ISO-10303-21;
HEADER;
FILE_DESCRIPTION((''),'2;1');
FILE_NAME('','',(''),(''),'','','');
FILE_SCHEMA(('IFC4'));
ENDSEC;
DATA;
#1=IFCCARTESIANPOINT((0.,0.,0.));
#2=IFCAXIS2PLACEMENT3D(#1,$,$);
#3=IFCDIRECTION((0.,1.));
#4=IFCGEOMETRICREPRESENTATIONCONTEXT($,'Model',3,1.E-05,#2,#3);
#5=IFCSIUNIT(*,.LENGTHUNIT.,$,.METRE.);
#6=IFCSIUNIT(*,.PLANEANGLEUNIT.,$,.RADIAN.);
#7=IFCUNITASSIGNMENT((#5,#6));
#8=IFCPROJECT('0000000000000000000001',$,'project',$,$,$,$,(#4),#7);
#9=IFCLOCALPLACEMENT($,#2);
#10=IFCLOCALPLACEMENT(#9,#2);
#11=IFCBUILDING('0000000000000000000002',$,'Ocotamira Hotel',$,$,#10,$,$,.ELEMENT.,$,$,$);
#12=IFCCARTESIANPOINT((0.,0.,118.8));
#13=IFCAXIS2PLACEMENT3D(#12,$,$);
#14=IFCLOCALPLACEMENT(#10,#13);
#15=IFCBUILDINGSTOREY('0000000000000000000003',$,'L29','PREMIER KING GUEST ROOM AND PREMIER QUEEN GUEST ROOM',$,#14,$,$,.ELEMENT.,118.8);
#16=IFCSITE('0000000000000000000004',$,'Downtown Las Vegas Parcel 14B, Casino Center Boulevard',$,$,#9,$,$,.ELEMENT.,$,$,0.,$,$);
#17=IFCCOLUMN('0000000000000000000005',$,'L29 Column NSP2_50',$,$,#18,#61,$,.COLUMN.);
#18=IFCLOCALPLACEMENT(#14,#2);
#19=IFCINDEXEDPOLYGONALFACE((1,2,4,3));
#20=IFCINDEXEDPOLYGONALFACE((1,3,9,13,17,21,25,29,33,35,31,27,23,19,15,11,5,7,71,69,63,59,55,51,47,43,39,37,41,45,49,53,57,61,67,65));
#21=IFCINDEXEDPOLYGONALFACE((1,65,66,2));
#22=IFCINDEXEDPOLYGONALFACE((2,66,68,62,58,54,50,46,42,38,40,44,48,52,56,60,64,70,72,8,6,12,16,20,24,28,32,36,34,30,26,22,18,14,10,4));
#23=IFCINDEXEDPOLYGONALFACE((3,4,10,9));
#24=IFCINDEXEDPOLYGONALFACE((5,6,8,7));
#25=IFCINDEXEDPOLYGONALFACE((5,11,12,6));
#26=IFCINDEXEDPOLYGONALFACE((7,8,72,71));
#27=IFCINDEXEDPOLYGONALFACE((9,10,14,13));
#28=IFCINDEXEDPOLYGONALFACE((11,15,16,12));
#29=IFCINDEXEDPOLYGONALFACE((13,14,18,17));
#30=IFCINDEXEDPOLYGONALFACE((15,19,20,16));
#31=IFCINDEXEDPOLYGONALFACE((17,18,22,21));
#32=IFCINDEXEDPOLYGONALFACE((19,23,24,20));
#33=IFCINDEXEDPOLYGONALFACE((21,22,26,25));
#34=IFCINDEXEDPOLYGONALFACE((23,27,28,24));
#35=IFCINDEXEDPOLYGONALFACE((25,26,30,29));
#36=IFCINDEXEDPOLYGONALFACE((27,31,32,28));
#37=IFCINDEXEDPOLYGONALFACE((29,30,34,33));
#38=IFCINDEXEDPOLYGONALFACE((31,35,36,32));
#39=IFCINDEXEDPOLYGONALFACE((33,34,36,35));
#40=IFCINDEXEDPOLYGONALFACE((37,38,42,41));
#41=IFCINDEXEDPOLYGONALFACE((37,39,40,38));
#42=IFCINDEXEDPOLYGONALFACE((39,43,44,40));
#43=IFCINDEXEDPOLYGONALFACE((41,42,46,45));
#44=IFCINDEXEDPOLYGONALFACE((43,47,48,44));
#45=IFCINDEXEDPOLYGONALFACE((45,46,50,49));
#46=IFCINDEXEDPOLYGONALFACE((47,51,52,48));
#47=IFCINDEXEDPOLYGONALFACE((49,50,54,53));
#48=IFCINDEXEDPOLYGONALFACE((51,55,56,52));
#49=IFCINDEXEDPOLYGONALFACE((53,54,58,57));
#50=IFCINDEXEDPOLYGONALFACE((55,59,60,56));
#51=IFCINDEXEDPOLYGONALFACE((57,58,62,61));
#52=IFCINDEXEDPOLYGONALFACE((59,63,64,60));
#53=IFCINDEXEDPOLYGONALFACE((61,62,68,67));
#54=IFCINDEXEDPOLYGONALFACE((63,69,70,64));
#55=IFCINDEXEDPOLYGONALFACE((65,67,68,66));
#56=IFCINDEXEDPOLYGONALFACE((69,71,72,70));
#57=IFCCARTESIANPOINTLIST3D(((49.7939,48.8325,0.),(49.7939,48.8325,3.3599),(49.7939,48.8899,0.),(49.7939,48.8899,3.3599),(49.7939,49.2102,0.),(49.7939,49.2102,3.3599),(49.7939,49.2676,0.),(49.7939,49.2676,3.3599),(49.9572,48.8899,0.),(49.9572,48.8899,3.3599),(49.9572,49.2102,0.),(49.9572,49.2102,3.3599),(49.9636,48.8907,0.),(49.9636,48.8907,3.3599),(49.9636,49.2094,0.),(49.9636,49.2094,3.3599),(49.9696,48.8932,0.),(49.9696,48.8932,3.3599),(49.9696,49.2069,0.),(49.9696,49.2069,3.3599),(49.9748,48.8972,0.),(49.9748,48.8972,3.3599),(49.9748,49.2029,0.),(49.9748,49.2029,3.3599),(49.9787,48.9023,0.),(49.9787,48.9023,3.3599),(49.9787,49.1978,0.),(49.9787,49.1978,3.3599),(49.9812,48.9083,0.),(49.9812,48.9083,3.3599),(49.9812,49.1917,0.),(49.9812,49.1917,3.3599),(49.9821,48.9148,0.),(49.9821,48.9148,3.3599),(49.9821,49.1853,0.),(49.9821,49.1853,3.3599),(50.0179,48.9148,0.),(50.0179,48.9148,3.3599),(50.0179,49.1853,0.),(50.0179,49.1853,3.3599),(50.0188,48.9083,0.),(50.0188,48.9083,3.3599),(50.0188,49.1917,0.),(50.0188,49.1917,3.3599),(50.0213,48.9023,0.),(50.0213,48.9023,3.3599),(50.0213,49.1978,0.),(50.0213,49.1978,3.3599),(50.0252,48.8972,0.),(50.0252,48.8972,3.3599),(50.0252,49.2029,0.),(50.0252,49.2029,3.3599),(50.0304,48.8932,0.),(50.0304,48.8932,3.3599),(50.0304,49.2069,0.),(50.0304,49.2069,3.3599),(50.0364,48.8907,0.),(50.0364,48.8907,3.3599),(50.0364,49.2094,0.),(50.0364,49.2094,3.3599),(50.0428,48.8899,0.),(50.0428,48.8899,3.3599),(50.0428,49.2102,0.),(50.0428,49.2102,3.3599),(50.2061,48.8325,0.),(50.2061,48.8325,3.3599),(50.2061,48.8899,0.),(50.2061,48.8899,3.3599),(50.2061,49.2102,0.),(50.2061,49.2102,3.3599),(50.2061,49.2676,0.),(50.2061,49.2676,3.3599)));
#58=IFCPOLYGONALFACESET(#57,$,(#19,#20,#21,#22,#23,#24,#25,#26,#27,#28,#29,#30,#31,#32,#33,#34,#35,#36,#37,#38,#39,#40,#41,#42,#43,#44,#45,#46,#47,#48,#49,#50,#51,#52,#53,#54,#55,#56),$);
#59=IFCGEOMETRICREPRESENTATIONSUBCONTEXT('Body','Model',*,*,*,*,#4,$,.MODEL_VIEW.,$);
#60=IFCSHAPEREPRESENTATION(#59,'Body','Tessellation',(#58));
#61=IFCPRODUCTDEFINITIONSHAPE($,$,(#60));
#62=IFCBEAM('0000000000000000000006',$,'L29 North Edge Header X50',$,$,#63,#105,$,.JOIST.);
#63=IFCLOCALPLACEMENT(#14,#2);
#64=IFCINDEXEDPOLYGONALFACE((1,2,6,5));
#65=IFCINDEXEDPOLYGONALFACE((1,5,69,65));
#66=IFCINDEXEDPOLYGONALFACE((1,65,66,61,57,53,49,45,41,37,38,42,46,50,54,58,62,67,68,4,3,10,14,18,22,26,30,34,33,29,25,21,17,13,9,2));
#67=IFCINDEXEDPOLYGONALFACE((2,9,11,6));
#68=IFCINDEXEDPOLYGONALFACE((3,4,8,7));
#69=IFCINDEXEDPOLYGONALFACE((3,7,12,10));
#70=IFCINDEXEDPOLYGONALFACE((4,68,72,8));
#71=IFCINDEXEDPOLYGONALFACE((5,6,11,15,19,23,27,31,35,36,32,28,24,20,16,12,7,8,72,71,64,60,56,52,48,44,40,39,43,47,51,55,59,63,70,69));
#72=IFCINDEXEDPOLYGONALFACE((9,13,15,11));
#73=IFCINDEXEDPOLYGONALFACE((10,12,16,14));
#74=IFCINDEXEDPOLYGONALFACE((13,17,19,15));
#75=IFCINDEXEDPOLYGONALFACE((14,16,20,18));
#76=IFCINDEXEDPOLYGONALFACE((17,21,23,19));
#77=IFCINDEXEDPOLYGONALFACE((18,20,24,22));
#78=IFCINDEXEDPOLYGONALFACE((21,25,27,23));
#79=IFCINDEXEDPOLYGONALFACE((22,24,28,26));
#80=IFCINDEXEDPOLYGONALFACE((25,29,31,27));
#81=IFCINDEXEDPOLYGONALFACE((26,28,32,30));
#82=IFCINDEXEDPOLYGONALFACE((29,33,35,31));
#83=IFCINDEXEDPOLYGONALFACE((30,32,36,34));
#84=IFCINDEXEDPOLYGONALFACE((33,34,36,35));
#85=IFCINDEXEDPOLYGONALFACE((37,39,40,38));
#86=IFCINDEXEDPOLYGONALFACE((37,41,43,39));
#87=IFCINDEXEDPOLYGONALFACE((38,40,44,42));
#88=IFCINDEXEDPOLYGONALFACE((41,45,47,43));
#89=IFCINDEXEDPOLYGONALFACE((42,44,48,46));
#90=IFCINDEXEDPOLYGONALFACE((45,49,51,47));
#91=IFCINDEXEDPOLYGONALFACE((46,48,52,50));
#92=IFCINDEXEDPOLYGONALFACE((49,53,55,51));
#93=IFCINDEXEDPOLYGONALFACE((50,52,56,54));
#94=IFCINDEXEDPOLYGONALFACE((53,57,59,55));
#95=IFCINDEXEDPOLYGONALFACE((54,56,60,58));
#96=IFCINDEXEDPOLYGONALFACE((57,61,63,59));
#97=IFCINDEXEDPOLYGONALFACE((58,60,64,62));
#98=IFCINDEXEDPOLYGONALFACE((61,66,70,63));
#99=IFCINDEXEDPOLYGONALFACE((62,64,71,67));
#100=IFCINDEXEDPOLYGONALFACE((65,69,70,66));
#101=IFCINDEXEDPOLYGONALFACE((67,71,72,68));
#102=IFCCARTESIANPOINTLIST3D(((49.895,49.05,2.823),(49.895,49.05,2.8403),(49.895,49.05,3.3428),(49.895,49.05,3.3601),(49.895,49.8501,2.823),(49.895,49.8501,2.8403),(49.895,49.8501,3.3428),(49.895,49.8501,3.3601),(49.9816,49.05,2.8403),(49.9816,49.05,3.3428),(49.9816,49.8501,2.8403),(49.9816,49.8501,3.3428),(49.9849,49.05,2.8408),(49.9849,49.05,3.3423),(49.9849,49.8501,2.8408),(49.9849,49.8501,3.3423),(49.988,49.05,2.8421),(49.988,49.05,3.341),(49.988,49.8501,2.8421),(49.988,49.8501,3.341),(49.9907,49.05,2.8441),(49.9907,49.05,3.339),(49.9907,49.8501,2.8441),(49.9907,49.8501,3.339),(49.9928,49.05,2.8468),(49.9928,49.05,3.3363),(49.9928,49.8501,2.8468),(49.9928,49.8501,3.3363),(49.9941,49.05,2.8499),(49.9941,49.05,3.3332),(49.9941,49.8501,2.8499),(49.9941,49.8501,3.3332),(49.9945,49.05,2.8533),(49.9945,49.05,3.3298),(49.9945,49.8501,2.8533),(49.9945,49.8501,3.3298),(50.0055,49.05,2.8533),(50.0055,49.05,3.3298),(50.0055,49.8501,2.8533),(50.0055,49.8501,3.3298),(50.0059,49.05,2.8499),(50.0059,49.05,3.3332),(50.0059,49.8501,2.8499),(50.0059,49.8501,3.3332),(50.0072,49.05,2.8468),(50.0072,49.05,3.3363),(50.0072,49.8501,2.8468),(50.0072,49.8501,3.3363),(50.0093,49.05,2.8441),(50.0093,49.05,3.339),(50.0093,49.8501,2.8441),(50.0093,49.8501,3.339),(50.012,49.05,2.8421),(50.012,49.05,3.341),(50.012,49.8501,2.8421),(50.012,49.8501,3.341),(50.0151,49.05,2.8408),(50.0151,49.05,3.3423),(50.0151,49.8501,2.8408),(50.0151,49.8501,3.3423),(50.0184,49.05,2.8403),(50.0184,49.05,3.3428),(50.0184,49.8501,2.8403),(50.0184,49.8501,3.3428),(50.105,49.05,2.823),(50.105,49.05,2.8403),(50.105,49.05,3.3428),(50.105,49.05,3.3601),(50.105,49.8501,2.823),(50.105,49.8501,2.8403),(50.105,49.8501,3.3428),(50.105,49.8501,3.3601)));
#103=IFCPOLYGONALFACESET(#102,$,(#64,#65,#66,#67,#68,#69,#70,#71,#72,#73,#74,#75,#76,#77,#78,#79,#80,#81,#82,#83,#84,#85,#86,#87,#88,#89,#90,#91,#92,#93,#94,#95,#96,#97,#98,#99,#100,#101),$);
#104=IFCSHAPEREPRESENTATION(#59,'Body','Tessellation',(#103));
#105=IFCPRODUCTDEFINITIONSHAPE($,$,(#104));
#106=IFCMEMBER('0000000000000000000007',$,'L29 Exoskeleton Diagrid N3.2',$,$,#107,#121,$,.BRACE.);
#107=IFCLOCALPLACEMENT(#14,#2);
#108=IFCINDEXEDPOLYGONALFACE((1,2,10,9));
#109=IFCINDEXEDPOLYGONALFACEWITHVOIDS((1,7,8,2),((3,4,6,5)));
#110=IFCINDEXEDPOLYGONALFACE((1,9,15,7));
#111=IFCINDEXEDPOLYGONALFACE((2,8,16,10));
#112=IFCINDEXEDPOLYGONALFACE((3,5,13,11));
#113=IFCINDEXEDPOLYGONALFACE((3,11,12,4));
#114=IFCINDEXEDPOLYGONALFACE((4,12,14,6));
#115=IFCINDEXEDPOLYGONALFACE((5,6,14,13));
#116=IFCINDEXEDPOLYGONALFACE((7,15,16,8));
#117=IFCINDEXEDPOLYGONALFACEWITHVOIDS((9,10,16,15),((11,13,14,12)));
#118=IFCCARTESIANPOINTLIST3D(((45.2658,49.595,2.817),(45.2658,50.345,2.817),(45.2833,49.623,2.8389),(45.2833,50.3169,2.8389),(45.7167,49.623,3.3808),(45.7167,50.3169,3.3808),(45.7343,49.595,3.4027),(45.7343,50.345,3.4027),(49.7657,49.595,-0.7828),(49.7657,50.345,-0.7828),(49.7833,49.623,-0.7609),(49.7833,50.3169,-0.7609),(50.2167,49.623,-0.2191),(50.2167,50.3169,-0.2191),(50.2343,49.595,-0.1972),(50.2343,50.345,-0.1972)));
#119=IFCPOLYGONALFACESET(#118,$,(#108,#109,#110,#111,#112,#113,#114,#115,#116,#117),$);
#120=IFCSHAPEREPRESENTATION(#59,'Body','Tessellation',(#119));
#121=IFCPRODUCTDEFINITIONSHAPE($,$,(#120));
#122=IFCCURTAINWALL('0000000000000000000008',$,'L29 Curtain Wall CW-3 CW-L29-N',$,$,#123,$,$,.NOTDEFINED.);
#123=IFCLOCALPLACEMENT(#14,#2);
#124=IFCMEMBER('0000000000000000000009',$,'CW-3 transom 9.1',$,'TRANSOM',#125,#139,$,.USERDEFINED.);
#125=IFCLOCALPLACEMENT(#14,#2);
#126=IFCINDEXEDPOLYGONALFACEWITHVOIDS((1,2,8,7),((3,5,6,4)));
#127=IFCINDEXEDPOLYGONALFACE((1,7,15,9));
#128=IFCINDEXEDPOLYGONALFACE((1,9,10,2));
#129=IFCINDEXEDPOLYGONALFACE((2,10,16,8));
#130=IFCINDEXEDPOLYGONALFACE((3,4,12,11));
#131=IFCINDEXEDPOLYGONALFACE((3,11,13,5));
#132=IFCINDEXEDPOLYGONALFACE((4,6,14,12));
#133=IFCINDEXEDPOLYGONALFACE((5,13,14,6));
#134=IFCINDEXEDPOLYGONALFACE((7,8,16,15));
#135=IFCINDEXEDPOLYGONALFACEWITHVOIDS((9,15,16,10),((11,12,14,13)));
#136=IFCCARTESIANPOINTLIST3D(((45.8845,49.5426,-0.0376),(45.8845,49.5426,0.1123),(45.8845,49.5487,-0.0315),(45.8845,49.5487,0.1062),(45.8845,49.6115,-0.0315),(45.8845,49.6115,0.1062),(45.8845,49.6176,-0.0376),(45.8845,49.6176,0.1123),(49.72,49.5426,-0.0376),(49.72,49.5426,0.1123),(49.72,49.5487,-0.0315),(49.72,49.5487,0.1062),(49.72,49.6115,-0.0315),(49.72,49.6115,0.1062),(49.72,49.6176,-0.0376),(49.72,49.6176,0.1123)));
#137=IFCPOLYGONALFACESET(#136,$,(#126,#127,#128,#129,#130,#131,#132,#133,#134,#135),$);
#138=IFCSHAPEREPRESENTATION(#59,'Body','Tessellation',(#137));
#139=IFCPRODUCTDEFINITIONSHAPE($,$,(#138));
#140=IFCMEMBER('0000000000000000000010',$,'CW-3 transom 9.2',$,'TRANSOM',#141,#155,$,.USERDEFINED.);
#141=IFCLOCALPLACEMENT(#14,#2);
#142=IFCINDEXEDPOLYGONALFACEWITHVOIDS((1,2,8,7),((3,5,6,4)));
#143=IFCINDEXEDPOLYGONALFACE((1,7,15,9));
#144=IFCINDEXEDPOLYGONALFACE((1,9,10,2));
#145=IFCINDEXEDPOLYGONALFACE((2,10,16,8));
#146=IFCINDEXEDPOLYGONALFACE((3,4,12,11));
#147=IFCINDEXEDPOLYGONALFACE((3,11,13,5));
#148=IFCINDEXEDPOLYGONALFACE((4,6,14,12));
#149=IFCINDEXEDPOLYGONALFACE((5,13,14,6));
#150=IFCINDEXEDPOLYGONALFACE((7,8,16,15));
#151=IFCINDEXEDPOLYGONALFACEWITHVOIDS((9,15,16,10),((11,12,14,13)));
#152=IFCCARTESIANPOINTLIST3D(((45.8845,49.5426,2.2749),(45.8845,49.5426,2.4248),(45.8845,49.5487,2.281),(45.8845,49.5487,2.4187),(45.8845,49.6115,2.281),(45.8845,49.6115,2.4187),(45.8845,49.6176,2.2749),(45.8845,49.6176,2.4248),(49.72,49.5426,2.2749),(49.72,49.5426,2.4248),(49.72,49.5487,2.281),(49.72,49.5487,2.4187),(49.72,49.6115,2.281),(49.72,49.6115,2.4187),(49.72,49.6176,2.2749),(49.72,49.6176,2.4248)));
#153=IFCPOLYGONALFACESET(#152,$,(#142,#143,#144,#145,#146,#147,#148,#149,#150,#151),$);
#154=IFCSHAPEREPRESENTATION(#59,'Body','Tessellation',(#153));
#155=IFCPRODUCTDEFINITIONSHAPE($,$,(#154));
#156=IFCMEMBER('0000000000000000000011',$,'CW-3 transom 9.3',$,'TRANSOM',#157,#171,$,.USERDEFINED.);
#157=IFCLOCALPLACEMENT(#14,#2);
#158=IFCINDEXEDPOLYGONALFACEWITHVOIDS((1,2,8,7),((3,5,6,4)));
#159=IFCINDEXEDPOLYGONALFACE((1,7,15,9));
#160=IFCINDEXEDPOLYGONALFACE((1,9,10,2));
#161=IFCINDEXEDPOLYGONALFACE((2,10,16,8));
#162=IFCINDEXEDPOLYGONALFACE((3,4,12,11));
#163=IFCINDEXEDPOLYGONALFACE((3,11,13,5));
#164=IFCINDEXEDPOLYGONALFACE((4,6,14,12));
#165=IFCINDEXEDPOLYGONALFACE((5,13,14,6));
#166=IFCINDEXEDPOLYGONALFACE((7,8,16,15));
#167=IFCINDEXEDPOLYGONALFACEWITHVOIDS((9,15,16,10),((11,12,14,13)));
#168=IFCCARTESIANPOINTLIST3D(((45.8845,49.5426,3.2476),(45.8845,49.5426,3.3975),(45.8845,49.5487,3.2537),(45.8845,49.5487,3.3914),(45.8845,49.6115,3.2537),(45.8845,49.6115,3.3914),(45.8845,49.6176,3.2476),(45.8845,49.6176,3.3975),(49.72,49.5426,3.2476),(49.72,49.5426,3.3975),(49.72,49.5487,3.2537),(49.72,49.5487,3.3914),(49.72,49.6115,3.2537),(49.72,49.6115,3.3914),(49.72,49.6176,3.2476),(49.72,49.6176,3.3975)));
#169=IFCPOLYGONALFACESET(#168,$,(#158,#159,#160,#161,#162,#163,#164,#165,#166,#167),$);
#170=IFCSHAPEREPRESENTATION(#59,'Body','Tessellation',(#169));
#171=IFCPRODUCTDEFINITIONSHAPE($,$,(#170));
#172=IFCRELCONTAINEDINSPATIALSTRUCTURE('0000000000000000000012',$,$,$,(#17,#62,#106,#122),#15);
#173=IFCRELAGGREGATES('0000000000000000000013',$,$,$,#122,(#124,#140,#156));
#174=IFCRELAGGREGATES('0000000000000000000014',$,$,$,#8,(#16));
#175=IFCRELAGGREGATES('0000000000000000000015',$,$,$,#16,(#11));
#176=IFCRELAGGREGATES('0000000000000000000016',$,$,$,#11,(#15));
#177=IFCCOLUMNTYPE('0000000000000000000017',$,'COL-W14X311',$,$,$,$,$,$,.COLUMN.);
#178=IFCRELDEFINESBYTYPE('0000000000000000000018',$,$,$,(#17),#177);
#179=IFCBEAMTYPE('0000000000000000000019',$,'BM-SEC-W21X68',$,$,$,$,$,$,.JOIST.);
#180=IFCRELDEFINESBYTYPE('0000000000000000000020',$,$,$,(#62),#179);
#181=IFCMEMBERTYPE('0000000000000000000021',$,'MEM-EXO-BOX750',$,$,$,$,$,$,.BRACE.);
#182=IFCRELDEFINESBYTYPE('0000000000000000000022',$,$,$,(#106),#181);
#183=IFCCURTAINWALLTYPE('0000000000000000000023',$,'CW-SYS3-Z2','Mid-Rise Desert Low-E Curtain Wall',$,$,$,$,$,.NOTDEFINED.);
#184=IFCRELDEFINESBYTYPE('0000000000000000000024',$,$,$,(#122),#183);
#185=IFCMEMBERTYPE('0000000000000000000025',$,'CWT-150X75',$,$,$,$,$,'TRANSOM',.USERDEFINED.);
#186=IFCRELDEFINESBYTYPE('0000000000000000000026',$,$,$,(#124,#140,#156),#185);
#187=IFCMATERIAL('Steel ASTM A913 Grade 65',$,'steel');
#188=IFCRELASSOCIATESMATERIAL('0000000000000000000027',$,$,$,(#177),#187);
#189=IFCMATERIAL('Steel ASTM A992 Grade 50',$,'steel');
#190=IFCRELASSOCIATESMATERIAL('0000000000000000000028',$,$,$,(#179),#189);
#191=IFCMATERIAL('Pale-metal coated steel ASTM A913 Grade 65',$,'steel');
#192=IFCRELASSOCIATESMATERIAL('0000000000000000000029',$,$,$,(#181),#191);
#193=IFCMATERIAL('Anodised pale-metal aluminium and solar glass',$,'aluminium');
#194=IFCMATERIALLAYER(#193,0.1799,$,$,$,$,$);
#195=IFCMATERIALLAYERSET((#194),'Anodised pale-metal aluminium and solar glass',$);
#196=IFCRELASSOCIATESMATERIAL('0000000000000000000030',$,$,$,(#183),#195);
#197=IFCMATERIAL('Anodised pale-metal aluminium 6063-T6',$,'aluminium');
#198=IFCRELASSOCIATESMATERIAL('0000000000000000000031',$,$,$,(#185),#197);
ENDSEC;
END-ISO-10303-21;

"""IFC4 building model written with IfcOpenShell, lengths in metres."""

from ifc_helpers import new_model, si_unit, direction, frame, origin, origin_2d, place, context, subcontext, project, spatial, hollow_rectangle, i_section, extrude, source, transform, mapped, material, layer, layer_set, material_profile, profile_set, type_object, element, aggregate, save


model = new_model("IFC4")

# Units and contexts
model_context = context("Model", 3, precision=1e-05, world=origin(), true_north=direction((0.0, 1.0)))
body_context = subcontext(model_context, "Body", "Model", "MODEL_VIEW")
ifc_project = project(units=[si_unit("LENGTHUNIT", "METRE"), si_unit("PLANEANGLEUNIT", "RADIAN")], contexts=[model_context])

# Site, building, storey
site_placement = place(None, origin())
site = spatial("IfcSite", under=ifc_project, at=site_placement, Name="Downtown Las Vegas Parcel 14B, Casino Center Boulevard", CompositionType="ELEMENT", RefElevation=0.0)
building_placement = place(site_placement, origin())
building = spatial("IfcBuilding", under=site, at=building_placement, Name="Ocotamira Hotel", CompositionType="ELEMENT")
storey_placement = place(building_placement, frame((0.0, 0.0, 118.8)))
storey = spatial("IfcBuildingStorey", under=building, at=storey_placement, Name="L29", Description="PREMIER KING GUEST ROOM AND PREMIER QUEEN GUEST ROOM", CompositionType="ELEMENT", Elevation=118.8)

# Column
ifc_material_1 = material(Name="Steel ASTM A913 Grade 65", Category="steel")
ifc_material_profile_1 = material_profile(ifc_material_1, i_section(OverallWidth=0.4121, OverallDepth=0.4351, WebThickness=0.0359, FlangeThickness=0.0574, FilletRadius=0.0249, at=origin_2d()), Name="W14X311")
ifc_profile_set_1 = profile_set([ifc_material_profile_1], Name="Steel ASTM A913 Grade 65")
column_type = type_object("IfcColumnType", Name="COL-W14X311", PredefinedType="COLUMN", material=ifc_profile_set_1)
shared_shape_1 = source(origin(), body_context, "Body", "SweptSolid", [
    extrude(i_section(OverallWidth=0.4121, OverallDepth=0.4351, WebThickness=0.0359, FlangeThickness=0.0574, FilletRadius=0.0249, at=origin_2d()), origin(), (0.0, 0.0, 1.0), 3.3599),
])
column_placement = place(storey_placement, frame((50.0, 49.05, 0.0), z_axis=(0.0, 0.0, 1.0), x_axis=(1.0, 0.0, 0.0)))
element("IfcColumn", 1, at=column_placement, inside=storey, type_object=column_type, Name="L29 Column NSP2_50", PredefinedType="COLUMN", context=body_context, shape_type="MappedRepresentation", body=[
    mapped(shared_shape_1, transform((0.0, 0.0, 0.0), scale=1.0)),
])

# Beam
ifc_material_2 = material(Name="Steel ASTM A992 Grade 50", Category="steel")
ifc_material_profile_2 = material_profile(ifc_material_2, i_section(OverallWidth=0.21, OverallDepth=0.5371, WebThickness=0.011, FlangeThickness=0.0173, FilletRadius=0.0129, at=origin_2d()), Name="W21X68")
ifc_profile_set_2 = profile_set([ifc_material_profile_2], Name="Steel ASTM A992 Grade 50")
beam_type = type_object("IfcBeamType", Name="BM-SEC-W21X68", PredefinedType="JOIST", material=ifc_profile_set_2)
shared_shape_2 = source(origin(), body_context, "Body", "SweptSolid", [
    extrude(i_section(OverallWidth=0.21, OverallDepth=0.5371, WebThickness=0.011, FlangeThickness=0.0173, FilletRadius=0.0129, at=origin_2d()), origin(), (0.0, 0.0, 1.0), 0.8),
])
beam_placement = place(storey_placement, frame((50.0, 49.05, 3.0916), z_axis=(0.0, 1.0, 0.0), x_axis=(-1.0, 0.0, 0.0)))
element("IfcBeam", 2, at=beam_placement, inside=storey, type_object=beam_type, Name="L29 North Edge Header X50", PredefinedType="JOIST", context=body_context, shape_type="MappedRepresentation", body=[
    mapped(shared_shape_2, transform((0.0, 0.0, 0.0), scale=1.0)),
])

# Member
ifc_material_3 = material(Name="Pale-metal coated steel ASTM A913 Grade 65", Category="steel")
ifc_material_profile_3 = material_profile(ifc_material_3, hollow_rectangle(XDim=0.75, YDim=0.75, WallThickness=0.0281, at=origin_2d()), Name="BOX750X750X28")
ifc_profile_set_3 = profile_set([ifc_material_profile_3], Name="Pale-metal coated steel ASTM A913 Grade 65")
member_type_1 = type_object("IfcMemberType", Name="MEM-EXO-BOX750", PredefinedType="BRACE", material=ifc_profile_set_3)
shared_shape_3 = source(origin(), body_context, "Body", "SweptSolid", [
    extrude(hollow_rectangle(XDim=0.75, YDim=0.75, WallThickness=0.0281, at=origin_2d()), origin(), (0.0, 0.0, 1.0), 5.7627),
])
member_1_placement = place(storey_placement, frame((50.0, 49.97, -0.49), z_axis=(-0.780881, 0.0, 0.62468), x_axis=(0.0, -1.0, 0.0)))
element("IfcMember", 3, at=member_1_placement, inside=storey, type_object=member_type_1, Name="L29 Exoskeleton Diagrid N3.2", PredefinedType="BRACE", context=body_context, shape_type="MappedRepresentation", body=[
    mapped(shared_shape_3, transform((0.0, 0.0, 0.0), scale=1.0)),
])

# Curtain wall, members
ifc_material_4 = material(Name="Anodised pale-metal aluminium and solar glass", Category="aluminium")
ifc_layer_1 = layer(ifc_material_4, 0.1799)
ifc_layer_set_1 = layer_set([ifc_layer_1], Name="Anodised pale-metal aluminium and solar glass")
curtain_wall_type = type_object("IfcCurtainWallType", Name="CW-SYS3-Z2", Description="Mid-Rise Desert Low-E Curtain Wall", PredefinedType="NOTDEFINED", material=ifc_layer_set_1)
curtain_wall_1_placement = place(storey_placement, origin())
curtain_wall_1 = element("IfcCurtainWall", 4, at=curtain_wall_1_placement, inside=storey, type_object=curtain_wall_type, Name="L29 Curtain Wall CW-3 CW-L29-N", PredefinedType="NOTDEFINED")
ifc_material_5 = material(Name="Anodised pale-metal aluminium 6063-T6", Category="aluminium")
ifc_material_profile_4 = material_profile(ifc_material_5, hollow_rectangle(XDim=0.075, YDim=0.1499, WallThickness=0.0061, at=origin_2d()), Name="HSS150X75X6")
ifc_profile_set_4 = profile_set([ifc_material_profile_4], Name="Anodised pale-metal aluminium 6063-T6")
member_type_2 = type_object("IfcMemberType", Name="CWT-150X75", ElementType="TRANSOM", PredefinedType="USERDEFINED", material=ifc_profile_set_4)
shared_shape_4 = source(origin(), body_context, "Body", "SweptSolid", [
    extrude(hollow_rectangle(XDim=0.075, YDim=0.1499, WallThickness=0.0061, at=origin_2d()), origin(), (0.0, 0.0, 1.0), 3.8354),
])
member_2_placement = place(storey_placement, frame((45.8845, 49.5801, 0.0374), z_axis=(1.0, 0.0, 0.0), x_axis=(0.0, 1.0, 0.0)))
member_2 = element("IfcMember", 5, at=member_2_placement, type_object=member_type_2, Name="CW-3 transom 9.1", ObjectType="TRANSOM", PredefinedType="USERDEFINED", context=body_context, shape_type="MappedRepresentation", body=[
    mapped(shared_shape_4, transform((0.0, 0.0, 0.0), scale=1.0)),
])
member_3_placement = place(storey_placement, frame((45.8845, 49.5801, 2.3499), z_axis=(1.0, 0.0, 0.0), x_axis=(0.0, 1.0, 0.0)))
member_3 = element("IfcMember", 6, at=member_3_placement, type_object=member_type_2, Name="CW-3 transom 9.2", ObjectType="TRANSOM", PredefinedType="USERDEFINED", context=body_context, shape_type="MappedRepresentation", body=[
    mapped(shared_shape_4, transform((0.0, 0.0, 0.0), scale=1.0)),
])
member_4_placement = place(storey_placement, frame((45.8845, 49.5801, 3.3225), z_axis=(1.0, 0.0, 0.0), x_axis=(0.0, 1.0, 0.0)))
member_4 = element("IfcMember", 7, at=member_4_placement, type_object=member_type_2, Name="CW-3 transom 9.3", ObjectType="TRANSOM", PredefinedType="USERDEFINED", context=body_context, shape_type="MappedRepresentation", body=[
    mapped(shared_shape_4, transform((0.0, 0.0, 0.0), scale=1.0)),
])

aggregate(curtain_wall_1, [member_2, member_3, member_4])

save(model, "model.ifc")
